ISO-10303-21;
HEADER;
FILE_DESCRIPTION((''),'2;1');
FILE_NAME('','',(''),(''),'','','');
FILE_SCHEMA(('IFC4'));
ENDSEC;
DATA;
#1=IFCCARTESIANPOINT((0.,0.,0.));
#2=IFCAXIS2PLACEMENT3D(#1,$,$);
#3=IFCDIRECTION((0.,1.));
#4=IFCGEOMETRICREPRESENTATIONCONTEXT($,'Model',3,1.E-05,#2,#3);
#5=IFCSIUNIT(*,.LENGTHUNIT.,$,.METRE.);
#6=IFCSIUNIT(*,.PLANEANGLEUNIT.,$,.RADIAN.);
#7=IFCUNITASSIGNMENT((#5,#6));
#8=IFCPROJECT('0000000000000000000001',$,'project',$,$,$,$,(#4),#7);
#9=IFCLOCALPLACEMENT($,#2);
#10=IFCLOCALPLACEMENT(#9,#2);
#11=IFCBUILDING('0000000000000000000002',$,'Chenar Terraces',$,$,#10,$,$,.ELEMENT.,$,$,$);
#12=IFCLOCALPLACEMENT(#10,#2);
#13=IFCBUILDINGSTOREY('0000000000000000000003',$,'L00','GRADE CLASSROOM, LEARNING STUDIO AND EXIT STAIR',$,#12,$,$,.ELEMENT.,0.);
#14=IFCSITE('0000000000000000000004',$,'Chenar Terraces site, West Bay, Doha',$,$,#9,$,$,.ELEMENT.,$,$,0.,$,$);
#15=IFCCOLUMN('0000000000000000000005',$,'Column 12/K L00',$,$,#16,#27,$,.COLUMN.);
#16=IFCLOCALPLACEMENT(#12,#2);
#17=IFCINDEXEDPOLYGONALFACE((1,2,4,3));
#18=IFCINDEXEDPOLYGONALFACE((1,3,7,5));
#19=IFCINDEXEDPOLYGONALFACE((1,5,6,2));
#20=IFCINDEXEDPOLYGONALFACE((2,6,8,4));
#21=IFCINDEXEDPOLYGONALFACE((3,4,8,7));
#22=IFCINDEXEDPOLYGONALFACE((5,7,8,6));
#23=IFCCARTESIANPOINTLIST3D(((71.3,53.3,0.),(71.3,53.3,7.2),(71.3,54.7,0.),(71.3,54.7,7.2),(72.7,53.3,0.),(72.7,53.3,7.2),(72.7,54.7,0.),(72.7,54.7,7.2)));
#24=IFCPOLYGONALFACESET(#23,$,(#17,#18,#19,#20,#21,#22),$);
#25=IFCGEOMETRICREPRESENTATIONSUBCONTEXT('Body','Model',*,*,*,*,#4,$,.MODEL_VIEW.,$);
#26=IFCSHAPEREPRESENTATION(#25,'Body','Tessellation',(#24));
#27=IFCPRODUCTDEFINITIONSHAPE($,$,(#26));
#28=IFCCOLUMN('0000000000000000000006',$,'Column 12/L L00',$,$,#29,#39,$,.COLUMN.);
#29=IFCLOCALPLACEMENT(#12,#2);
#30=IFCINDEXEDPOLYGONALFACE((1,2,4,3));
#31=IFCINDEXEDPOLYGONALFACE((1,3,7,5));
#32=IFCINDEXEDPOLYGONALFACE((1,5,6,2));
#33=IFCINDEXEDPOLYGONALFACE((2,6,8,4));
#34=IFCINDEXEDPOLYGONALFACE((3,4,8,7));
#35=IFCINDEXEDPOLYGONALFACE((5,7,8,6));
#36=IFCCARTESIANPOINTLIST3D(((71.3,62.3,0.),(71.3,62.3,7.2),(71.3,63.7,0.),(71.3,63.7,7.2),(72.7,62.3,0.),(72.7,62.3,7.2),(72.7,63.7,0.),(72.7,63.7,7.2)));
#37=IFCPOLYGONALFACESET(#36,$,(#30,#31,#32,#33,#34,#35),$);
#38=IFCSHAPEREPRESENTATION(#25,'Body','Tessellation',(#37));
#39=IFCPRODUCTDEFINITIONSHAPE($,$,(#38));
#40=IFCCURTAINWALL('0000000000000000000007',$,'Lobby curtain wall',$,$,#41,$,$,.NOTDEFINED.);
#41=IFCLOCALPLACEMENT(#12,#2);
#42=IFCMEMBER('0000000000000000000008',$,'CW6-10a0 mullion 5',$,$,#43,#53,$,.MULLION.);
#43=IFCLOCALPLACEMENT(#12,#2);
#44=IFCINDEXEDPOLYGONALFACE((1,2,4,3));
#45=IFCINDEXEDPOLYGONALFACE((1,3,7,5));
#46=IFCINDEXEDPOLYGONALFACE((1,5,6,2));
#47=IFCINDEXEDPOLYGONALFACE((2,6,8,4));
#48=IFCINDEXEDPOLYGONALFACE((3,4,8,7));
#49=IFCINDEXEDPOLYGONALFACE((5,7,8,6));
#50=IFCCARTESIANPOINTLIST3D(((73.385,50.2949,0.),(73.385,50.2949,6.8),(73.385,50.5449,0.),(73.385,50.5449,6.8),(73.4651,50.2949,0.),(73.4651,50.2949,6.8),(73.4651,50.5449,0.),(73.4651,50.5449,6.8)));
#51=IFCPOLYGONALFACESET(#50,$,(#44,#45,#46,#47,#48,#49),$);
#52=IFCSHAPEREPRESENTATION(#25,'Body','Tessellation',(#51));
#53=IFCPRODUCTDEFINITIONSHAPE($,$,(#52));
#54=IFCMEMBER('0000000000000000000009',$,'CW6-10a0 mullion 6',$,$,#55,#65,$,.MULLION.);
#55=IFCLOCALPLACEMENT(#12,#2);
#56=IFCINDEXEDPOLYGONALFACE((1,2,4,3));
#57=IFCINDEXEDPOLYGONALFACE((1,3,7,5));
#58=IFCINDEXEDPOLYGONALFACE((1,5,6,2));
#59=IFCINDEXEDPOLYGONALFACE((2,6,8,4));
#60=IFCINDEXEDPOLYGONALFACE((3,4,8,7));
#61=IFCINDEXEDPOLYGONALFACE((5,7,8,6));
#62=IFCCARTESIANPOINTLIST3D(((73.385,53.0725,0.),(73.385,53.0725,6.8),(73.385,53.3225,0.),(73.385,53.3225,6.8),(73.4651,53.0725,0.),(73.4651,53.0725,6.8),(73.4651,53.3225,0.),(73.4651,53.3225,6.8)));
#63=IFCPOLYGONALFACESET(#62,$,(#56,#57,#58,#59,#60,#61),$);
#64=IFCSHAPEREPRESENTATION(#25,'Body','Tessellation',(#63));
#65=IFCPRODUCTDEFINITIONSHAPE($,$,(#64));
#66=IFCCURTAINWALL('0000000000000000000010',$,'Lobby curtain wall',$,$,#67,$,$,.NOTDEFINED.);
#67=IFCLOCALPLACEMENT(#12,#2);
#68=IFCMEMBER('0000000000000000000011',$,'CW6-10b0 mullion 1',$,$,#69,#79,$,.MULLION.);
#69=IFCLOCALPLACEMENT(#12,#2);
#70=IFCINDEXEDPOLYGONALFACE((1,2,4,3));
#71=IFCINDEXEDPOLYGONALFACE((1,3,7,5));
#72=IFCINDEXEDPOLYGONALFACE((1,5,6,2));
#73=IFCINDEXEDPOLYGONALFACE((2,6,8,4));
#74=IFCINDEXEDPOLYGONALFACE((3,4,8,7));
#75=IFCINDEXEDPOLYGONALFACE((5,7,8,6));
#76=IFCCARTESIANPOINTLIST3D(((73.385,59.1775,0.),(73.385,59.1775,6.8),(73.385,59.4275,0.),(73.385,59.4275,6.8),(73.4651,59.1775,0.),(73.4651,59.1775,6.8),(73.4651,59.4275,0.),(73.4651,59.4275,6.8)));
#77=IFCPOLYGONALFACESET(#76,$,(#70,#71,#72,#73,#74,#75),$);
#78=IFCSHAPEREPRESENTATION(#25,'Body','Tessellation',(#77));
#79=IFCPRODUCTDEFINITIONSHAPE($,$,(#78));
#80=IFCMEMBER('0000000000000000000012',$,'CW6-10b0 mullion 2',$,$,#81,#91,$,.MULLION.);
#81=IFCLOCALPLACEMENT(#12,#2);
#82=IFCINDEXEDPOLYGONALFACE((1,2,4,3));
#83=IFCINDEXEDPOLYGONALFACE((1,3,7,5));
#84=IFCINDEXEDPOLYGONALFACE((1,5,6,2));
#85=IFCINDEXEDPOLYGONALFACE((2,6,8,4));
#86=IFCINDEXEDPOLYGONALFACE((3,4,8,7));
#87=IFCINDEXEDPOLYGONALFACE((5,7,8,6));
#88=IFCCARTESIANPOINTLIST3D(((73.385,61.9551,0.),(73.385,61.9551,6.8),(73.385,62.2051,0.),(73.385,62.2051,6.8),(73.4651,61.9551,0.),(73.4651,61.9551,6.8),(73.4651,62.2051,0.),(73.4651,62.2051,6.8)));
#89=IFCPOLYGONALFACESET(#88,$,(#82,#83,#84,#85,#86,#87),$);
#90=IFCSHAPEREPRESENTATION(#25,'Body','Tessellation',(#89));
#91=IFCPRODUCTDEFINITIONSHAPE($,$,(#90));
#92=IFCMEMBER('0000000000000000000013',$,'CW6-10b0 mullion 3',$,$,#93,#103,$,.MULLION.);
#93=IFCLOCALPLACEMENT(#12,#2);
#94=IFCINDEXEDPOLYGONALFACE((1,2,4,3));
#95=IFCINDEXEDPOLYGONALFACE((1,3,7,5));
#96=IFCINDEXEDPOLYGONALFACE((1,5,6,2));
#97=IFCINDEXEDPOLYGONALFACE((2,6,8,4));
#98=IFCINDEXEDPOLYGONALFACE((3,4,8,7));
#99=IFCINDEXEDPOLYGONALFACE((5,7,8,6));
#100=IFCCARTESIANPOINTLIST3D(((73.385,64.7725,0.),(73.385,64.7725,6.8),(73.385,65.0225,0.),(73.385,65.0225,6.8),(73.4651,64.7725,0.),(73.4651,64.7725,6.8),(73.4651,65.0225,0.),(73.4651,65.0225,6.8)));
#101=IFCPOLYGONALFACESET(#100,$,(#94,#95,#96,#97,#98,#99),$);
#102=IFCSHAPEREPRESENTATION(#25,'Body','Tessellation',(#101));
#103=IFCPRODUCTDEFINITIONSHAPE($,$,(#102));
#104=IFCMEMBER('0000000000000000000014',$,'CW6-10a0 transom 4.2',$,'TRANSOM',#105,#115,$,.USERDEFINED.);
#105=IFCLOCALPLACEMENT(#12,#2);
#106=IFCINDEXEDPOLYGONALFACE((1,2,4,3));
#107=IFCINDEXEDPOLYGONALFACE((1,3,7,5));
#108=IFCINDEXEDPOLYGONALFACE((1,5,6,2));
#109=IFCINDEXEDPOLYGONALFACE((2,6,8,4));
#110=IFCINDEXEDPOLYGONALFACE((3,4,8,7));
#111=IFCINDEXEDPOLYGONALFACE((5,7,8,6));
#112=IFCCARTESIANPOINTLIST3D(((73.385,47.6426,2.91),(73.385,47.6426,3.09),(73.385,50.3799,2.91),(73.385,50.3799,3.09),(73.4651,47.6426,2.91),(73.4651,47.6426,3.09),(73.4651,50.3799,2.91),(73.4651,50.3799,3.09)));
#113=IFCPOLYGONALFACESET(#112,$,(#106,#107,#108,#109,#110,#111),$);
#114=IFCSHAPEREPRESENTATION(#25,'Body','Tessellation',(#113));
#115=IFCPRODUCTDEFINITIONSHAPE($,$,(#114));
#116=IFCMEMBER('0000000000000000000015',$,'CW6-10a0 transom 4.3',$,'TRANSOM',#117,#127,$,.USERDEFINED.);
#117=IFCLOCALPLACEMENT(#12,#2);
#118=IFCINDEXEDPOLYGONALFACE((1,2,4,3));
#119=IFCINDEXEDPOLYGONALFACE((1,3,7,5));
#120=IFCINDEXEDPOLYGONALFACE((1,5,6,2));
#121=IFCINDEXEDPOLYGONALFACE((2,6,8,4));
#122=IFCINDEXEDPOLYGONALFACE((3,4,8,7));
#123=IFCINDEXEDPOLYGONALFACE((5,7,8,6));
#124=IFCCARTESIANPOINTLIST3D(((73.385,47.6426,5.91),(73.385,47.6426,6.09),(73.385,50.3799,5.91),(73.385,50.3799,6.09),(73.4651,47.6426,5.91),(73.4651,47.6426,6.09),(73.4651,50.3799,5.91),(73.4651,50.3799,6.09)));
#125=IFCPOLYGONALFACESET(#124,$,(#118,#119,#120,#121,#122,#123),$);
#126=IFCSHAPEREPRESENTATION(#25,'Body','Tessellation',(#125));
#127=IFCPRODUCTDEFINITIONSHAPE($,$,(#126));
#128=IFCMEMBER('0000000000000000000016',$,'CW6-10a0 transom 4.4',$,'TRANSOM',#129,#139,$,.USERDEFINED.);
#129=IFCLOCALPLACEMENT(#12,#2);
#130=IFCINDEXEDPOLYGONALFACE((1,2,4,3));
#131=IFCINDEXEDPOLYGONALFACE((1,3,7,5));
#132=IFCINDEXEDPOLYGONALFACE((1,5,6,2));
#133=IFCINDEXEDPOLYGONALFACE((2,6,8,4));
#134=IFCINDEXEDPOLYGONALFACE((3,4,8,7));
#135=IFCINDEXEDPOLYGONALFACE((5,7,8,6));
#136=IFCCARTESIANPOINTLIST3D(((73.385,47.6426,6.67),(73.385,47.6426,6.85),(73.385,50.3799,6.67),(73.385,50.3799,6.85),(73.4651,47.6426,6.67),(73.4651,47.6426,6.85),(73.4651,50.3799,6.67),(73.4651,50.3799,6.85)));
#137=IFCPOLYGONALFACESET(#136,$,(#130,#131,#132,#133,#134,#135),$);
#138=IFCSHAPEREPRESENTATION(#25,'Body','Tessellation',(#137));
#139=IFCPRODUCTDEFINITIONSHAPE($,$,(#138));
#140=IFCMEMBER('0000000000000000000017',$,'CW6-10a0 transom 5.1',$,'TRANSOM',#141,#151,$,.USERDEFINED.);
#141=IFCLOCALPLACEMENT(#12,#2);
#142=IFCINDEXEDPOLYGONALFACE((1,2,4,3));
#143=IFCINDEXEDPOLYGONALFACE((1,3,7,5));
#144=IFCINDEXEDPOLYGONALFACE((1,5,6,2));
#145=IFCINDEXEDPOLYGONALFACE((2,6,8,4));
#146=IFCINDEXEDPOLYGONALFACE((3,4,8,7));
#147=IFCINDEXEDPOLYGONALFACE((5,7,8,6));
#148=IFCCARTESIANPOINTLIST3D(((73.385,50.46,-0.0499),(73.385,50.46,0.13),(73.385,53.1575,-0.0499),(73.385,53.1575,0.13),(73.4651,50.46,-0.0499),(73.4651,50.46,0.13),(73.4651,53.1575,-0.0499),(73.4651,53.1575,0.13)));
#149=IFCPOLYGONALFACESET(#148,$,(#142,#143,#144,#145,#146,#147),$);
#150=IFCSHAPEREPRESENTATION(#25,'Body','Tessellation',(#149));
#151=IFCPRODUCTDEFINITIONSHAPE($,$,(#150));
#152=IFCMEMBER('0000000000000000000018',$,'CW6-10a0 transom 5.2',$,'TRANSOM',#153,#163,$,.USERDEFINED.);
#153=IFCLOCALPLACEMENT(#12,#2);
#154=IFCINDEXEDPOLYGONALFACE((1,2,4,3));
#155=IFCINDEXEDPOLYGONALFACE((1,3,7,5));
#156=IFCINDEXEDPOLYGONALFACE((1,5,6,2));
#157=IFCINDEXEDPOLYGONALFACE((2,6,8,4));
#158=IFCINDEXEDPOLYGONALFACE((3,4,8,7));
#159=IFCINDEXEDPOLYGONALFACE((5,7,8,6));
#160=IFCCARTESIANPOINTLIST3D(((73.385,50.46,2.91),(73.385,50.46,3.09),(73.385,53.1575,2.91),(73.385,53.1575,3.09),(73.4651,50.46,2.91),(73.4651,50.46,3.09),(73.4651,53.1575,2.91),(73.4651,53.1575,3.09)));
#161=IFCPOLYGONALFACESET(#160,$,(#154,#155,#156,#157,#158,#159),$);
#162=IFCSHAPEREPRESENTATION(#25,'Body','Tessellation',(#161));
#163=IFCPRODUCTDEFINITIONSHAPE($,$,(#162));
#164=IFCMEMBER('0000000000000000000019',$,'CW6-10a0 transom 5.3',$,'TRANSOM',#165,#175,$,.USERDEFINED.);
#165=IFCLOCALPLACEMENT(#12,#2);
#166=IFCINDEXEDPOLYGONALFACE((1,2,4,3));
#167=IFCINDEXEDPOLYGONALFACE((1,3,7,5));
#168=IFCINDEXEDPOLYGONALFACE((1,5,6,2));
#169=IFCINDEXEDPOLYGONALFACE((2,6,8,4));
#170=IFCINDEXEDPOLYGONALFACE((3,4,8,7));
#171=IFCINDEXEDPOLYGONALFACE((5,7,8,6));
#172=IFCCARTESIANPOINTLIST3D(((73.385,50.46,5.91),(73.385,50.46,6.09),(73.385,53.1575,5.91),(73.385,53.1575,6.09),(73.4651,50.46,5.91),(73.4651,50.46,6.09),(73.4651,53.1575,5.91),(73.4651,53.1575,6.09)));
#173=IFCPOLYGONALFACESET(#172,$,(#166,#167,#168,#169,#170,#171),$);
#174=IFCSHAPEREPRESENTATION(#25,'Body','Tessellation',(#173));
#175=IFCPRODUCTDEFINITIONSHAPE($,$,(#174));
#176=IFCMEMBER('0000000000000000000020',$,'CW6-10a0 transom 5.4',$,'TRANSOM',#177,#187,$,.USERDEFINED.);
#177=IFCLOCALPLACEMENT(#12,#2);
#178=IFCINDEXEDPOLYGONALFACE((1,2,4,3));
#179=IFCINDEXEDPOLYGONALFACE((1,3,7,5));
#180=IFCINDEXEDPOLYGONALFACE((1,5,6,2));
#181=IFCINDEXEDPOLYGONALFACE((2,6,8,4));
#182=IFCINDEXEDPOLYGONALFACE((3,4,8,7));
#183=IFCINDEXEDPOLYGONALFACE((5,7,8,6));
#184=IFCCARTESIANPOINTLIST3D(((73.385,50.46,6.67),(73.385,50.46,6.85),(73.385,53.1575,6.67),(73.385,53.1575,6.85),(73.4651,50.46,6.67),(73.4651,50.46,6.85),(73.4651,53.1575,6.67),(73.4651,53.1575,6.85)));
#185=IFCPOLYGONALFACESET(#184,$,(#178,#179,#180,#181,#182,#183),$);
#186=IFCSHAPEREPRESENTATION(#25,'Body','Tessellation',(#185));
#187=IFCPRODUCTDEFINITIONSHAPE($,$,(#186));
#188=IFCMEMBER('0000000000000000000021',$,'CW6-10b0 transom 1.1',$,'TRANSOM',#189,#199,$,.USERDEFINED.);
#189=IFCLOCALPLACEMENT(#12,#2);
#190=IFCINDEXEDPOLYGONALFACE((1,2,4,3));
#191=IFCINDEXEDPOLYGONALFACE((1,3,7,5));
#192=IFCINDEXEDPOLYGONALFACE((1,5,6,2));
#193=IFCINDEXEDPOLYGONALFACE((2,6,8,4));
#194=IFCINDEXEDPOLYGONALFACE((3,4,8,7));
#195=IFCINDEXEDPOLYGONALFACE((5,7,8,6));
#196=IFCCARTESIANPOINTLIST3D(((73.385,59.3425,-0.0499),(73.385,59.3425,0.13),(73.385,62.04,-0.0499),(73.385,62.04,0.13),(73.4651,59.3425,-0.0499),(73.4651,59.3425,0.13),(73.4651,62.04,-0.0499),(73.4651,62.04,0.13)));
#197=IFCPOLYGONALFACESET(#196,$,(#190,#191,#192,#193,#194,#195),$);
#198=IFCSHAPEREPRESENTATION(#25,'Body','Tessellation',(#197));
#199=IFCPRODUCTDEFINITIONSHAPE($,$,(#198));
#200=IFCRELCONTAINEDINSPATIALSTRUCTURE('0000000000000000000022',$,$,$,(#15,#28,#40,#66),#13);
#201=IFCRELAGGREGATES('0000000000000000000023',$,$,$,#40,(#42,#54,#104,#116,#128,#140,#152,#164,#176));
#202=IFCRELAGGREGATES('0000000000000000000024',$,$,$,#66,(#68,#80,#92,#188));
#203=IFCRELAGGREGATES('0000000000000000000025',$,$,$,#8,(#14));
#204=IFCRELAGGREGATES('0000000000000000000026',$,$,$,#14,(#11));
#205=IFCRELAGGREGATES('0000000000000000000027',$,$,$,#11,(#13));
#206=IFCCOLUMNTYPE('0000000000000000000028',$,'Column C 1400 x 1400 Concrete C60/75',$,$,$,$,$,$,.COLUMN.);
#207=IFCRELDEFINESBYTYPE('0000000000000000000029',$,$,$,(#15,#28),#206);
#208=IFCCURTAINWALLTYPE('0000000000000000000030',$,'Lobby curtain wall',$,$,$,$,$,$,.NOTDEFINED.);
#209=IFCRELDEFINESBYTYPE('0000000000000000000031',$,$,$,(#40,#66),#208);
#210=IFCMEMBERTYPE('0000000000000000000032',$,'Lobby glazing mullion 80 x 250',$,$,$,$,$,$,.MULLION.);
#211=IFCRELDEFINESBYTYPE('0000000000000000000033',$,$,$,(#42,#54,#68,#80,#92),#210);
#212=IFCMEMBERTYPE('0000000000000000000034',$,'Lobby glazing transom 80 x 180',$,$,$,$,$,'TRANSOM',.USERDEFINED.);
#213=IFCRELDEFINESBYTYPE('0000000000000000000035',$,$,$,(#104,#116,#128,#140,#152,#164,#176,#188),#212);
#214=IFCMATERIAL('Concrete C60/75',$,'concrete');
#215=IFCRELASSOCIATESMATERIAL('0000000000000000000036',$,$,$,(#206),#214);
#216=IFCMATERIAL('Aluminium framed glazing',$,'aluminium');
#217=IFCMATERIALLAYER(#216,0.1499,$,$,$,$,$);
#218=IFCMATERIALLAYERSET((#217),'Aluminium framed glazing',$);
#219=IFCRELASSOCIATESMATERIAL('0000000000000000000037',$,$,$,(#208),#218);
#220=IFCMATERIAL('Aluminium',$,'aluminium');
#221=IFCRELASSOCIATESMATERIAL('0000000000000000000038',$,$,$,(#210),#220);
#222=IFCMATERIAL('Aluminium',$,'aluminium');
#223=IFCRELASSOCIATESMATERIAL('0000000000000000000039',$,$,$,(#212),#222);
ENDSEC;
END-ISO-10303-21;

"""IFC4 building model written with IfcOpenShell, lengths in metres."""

from ifc_helpers import new_model, si_unit, direction, frame, origin, origin_2d, place, context, subcontext, project, spatial, rectangle, extrude, material, layer, layer_set, material_profile, profile_set, type_object, element, aggregate, save


model = new_model("IFC4")

# Units and contexts
model_context = context("Model", 3, precision=1e-05, world=origin(), true_north=direction((0.0, 1.0)))
body_context = subcontext(model_context, "Body", "Model", "MODEL_VIEW")
ifc_project = project(units=[si_unit("LENGTHUNIT", "METRE"), si_unit("PLANEANGLEUNIT", "RADIAN")], contexts=[model_context])

# Site, building, storey
site_placement = place(None, origin())
site = spatial("IfcSite", under=ifc_project, at=site_placement, Name="Chenar Terraces site, West Bay, Doha", CompositionType="ELEMENT", RefElevation=0.0)
building_placement = place(site_placement, origin())
building = spatial("IfcBuilding", under=site, at=building_placement, Name="Chenar Terraces", CompositionType="ELEMENT")
storey_placement = place(building_placement, origin())
storey = spatial("IfcBuildingStorey", under=building, at=storey_placement, Name="L00", Description="GRADE CLASSROOM, LEARNING STUDIO AND EXIT STAIR", CompositionType="ELEMENT", Elevation=0.0)

# Columns
ifc_material_1 = material(Name="Concrete C60/75", Category="concrete")
ifc_material_profile_1 = material_profile(ifc_material_1, rectangle(XDim=1.3999, YDim=1.3999, at=origin_2d()), Name="C 1400 x 1400")
ifc_profile_set_1 = profile_set([ifc_material_profile_1], Name="Concrete C60/75")
column_type = type_object("IfcColumnType", Name="Column C 1400 x 1400 Concrete C60/75", PredefinedType="COLUMN", material=ifc_profile_set_1)
for number, where, z_axis, x_axis, name in (
    (1, (72.0, 54.0, 0.0), (0.0, 0.0, 1.0), (1.0, 0.0, 0.0), "Column 12/K L00"),
    (2, (72.0, 63.0, 0.0), (0.0, 0.0, 1.0), (1.0, 0.0, 0.0), "Column 12/L L00"),
):
    element("IfcColumn", number, at=place(storey_placement, frame(where, z_axis=z_axis, x_axis=x_axis)), inside=storey, type_object=column_type, Name=name, PredefinedType="COLUMN", context=body_context, shape_type="SweptSolid", body=[
        extrude(rectangle(XDim=1.3999, YDim=1.3999, at=origin_2d()), origin(), (0.0, 0.0, 1.0), 7.2),
    ])

# Curtain walls, members
ifc_material_2 = material(Name="Aluminium framed glazing", Category="aluminium")
ifc_layer_1 = layer(ifc_material_2, 0.1499)
ifc_layer_set_1 = layer_set([ifc_layer_1], Name="Aluminium framed glazing")
curtain_wall_type = type_object("IfcCurtainWallType", Name="Lobby curtain wall", PredefinedType="NOTDEFINED", material=ifc_layer_set_1)
placement = place(storey_placement, origin())
curtain_wall_1 = element("IfcCurtainWall", 3, at=placement, inside=storey, type_object=curtain_wall_type, Name="Lobby curtain wall", PredefinedType="NOTDEFINED")
ifc_material_3 = material(Name="Aluminium", Category="aluminium")
ifc_material_profile_2 = material_profile(ifc_material_3, rectangle(XDim=0.0801, YDim=0.25, at=origin_2d()), Name="Lobby glazing mullion 80 x 250")
ifc_profile_set_2 = profile_set([ifc_material_profile_2], Name="Aluminium")
member_type_1 = type_object("IfcMemberType", Name="Lobby glazing mullion 80 x 250", PredefinedType="MULLION", material=ifc_profile_set_2)
member_1_placement = place(storey_placement, frame((73.425, 50.4199, 0.0), z_axis=(0.0, 0.0, 1.0), x_axis=(-1.0, 0.0, 0.0)))
member_1 = element("IfcMember", 4, at=member_1_placement, type_object=member_type_1, Name="CW6-10a0 mullion 5", PredefinedType="MULLION", context=body_context, shape_type="SweptSolid", body=[
    extrude(rectangle(XDim=0.0801, YDim=0.25, at=origin_2d()), origin(), (0.0, 0.0, 1.0), 6.8),
])
member_2_placement = place(storey_placement, frame((73.425, 53.1975, 0.0), z_axis=(0.0, 0.0, 1.0), x_axis=(-1.0, 0.0, 0.0)))
member_2 = element("IfcMember", 5, at=member_2_placement, type_object=member_type_1, Name="CW6-10a0 mullion 6", PredefinedType="MULLION", context=body_context, shape_type="SweptSolid", body=[
    extrude(rectangle(XDim=0.0801, YDim=0.25, at=origin_2d()), origin(), (0.0, 0.0, 1.0), 6.8),
])
curtain_wall_2 = element("IfcCurtainWall", 6, at=placement, inside=storey, type_object=curtain_wall_type, Name="Lobby curtain wall", PredefinedType="NOTDEFINED")
member_3_placement = place(storey_placement, frame((73.425, 59.3025, 0.0), z_axis=(0.0, 0.0, 1.0), x_axis=(-1.0, 0.0, 0.0)))
member_3 = element("IfcMember", 7, at=member_3_placement, type_object=member_type_1, Name="CW6-10b0 mullion 1", PredefinedType="MULLION", context=body_context, shape_type="SweptSolid", body=[
    extrude(rectangle(XDim=0.0801, YDim=0.25, at=origin_2d()), origin(), (0.0, 0.0, 1.0), 6.8),
])
member_4_placement = place(storey_placement, frame((73.425, 62.0801, 0.0), z_axis=(0.0, 0.0, 1.0), x_axis=(-1.0, 0.0, 0.0)))
member_4 = element("IfcMember", 8, at=member_4_placement, type_object=member_type_1, Name="CW6-10b0 mullion 2", PredefinedType="MULLION", context=body_context, shape_type="SweptSolid", body=[
    extrude(rectangle(XDim=0.0801, YDim=0.25, at=origin_2d()), origin(), (0.0, 0.0, 1.0), 6.8),
])
member_5_placement = place(storey_placement, frame((73.425, 64.8975, 0.0), z_axis=(0.0, 0.0, 1.0), x_axis=(-1.0, 0.0, 0.0)))
member_5 = element("IfcMember", 9, at=member_5_placement, type_object=member_type_1, Name="CW6-10b0 mullion 3", PredefinedType="MULLION", context=body_context, shape_type="SweptSolid", body=[
    extrude(rectangle(XDim=0.0801, YDim=0.25, at=origin_2d()), origin(), (0.0, 0.0, 1.0), 6.8),
])

# Members
ifc_material_4 = material(Name="Aluminium", Category="aluminium")
ifc_material_profile_3 = material_profile(ifc_material_4, rectangle(XDim=0.0801, YDim=0.1799, at=origin_2d()), Name="Lobby glazing transom 80 x 180")
ifc_profile_set_3 = profile_set([ifc_material_profile_3], Name="Aluminium")
member_type_2 = type_object("IfcMemberType", Name="Lobby glazing transom 80 x 180", ElementType="TRANSOM", PredefinedType="USERDEFINED", material=ifc_profile_set_3)
member_6_placement = place(storey_placement, frame((73.425, 47.6426, 3.0), z_axis=(0.0, 1.0, 0.0), x_axis=(-1.0, 0.0, 0.0)))
member_6 = element("IfcMember", 10, at=member_6_placement, type_object=member_type_2, Name="CW6-10a0 transom 4.2", ObjectType="TRANSOM", PredefinedType="USERDEFINED", context=body_context, shape_type="SweptSolid", body=[
    extrude(rectangle(XDim=0.0801, YDim=0.1799, at=origin_2d()), origin(), (0.0, 0.0, 1.0), 2.7373),
])
member_7_placement = place(storey_placement, frame((73.425, 47.6426, 6.0), z_axis=(0.0, 1.0, 0.0), x_axis=(-1.0, 0.0, 0.0)))
member_7 = element("IfcMember", 11, at=member_7_placement, type_object=member_type_2, Name="CW6-10a0 transom 4.3", ObjectType="TRANSOM", PredefinedType="USERDEFINED", context=body_context, shape_type="SweptSolid", body=[
    extrude(rectangle(XDim=0.0801, YDim=0.1799, at=origin_2d()), origin(), (0.0, 0.0, 1.0), 2.7373),
])
member_8_placement = place(storey_placement, frame((73.425, 47.6426, 6.76), z_axis=(0.0, 1.0, 0.0), x_axis=(-1.0, 0.0, 0.0)))
member_8 = element("IfcMember", 12, at=member_8_placement, type_object=member_type_2, Name="CW6-10a0 transom 4.4", ObjectType="TRANSOM", PredefinedType="USERDEFINED", context=body_context, shape_type="SweptSolid", body=[
    extrude(rectangle(XDim=0.0801, YDim=0.1799, at=origin_2d()), origin(), (0.0, 0.0, 1.0), 2.7373),
])
member_9_placement = place(storey_placement, frame((73.425, 50.46, 0.04), z_axis=(0.0, 1.0, 0.0), x_axis=(-1.0, 0.0, 0.0)))
member_9 = element("IfcMember", 13, at=member_9_placement, type_object=member_type_2, Name="CW6-10a0 transom 5.1", ObjectType="TRANSOM", PredefinedType="USERDEFINED", context=body_context, shape_type="SweptSolid", body=[
    extrude(rectangle(XDim=0.0801, YDim=0.1799, at=origin_2d()), origin(), (0.0, 0.0, 1.0), 2.6975),
])
member_10_placement = place(storey_placement, frame((73.425, 50.46, 3.0), z_axis=(0.0, 1.0, 0.0), x_axis=(-1.0, 0.0, 0.0)))
member_10 = element("IfcMember", 14, at=member_10_placement, type_object=member_type_2, Name="CW6-10a0 transom 5.2", ObjectType="TRANSOM", PredefinedType="USERDEFINED", context=body_context, shape_type="SweptSolid", body=[
    extrude(rectangle(XDim=0.0801, YDim=0.1799, at=origin_2d()), origin(), (0.0, 0.0, 1.0), 2.6975),
])
member_11_placement = place(storey_placement, frame((73.425, 50.46, 6.0), z_axis=(0.0, 1.0, 0.0), x_axis=(-1.0, 0.0, 0.0)))
member_11 = element("IfcMember", 15, at=member_11_placement, type_object=member_type_2, Name="CW6-10a0 transom 5.3", ObjectType="TRANSOM", PredefinedType="USERDEFINED", context=body_context, shape_type="SweptSolid", body=[
    extrude(rectangle(XDim=0.0801, YDim=0.1799, at=origin_2d()), origin(), (0.0, 0.0, 1.0), 2.6975),
])
member_12_placement = place(storey_placement, frame((73.425, 50.46, 6.76), z_axis=(0.0, 1.0, 0.0), x_axis=(-1.0, 0.0, 0.0)))
member_12 = element("IfcMember", 16, at=member_12_placement, type_object=member_type_2, Name="CW6-10a0 transom 5.4", ObjectType="TRANSOM", PredefinedType="USERDEFINED", context=body_context, shape_type="SweptSolid", body=[
    extrude(rectangle(XDim=0.0801, YDim=0.1799, at=origin_2d()), origin(), (0.0, 0.0, 1.0), 2.6975),
])
member_13_placement = place(storey_placement, frame((73.425, 59.3425, 0.04), z_axis=(0.0, 1.0, 0.0), x_axis=(-1.0, 0.0, 0.0)))
member_13 = element("IfcMember", 17, at=member_13_placement, type_object=member_type_2, Name="CW6-10b0 transom 1.1", ObjectType="TRANSOM", PredefinedType="USERDEFINED", context=body_context, shape_type="SweptSolid", body=[
    extrude(rectangle(XDim=0.0801, YDim=0.1799, at=origin_2d()), origin(), (0.0, 0.0, 1.0), 2.6975),
])

aggregate(curtain_wall_1, [member_1, member_2, member_6, member_7, member_8, member_9, member_10, member_11, member_12])
aggregate(curtain_wall_2, [member_3, member_4, member_5, member_13])

save(model, "model.ifc")
